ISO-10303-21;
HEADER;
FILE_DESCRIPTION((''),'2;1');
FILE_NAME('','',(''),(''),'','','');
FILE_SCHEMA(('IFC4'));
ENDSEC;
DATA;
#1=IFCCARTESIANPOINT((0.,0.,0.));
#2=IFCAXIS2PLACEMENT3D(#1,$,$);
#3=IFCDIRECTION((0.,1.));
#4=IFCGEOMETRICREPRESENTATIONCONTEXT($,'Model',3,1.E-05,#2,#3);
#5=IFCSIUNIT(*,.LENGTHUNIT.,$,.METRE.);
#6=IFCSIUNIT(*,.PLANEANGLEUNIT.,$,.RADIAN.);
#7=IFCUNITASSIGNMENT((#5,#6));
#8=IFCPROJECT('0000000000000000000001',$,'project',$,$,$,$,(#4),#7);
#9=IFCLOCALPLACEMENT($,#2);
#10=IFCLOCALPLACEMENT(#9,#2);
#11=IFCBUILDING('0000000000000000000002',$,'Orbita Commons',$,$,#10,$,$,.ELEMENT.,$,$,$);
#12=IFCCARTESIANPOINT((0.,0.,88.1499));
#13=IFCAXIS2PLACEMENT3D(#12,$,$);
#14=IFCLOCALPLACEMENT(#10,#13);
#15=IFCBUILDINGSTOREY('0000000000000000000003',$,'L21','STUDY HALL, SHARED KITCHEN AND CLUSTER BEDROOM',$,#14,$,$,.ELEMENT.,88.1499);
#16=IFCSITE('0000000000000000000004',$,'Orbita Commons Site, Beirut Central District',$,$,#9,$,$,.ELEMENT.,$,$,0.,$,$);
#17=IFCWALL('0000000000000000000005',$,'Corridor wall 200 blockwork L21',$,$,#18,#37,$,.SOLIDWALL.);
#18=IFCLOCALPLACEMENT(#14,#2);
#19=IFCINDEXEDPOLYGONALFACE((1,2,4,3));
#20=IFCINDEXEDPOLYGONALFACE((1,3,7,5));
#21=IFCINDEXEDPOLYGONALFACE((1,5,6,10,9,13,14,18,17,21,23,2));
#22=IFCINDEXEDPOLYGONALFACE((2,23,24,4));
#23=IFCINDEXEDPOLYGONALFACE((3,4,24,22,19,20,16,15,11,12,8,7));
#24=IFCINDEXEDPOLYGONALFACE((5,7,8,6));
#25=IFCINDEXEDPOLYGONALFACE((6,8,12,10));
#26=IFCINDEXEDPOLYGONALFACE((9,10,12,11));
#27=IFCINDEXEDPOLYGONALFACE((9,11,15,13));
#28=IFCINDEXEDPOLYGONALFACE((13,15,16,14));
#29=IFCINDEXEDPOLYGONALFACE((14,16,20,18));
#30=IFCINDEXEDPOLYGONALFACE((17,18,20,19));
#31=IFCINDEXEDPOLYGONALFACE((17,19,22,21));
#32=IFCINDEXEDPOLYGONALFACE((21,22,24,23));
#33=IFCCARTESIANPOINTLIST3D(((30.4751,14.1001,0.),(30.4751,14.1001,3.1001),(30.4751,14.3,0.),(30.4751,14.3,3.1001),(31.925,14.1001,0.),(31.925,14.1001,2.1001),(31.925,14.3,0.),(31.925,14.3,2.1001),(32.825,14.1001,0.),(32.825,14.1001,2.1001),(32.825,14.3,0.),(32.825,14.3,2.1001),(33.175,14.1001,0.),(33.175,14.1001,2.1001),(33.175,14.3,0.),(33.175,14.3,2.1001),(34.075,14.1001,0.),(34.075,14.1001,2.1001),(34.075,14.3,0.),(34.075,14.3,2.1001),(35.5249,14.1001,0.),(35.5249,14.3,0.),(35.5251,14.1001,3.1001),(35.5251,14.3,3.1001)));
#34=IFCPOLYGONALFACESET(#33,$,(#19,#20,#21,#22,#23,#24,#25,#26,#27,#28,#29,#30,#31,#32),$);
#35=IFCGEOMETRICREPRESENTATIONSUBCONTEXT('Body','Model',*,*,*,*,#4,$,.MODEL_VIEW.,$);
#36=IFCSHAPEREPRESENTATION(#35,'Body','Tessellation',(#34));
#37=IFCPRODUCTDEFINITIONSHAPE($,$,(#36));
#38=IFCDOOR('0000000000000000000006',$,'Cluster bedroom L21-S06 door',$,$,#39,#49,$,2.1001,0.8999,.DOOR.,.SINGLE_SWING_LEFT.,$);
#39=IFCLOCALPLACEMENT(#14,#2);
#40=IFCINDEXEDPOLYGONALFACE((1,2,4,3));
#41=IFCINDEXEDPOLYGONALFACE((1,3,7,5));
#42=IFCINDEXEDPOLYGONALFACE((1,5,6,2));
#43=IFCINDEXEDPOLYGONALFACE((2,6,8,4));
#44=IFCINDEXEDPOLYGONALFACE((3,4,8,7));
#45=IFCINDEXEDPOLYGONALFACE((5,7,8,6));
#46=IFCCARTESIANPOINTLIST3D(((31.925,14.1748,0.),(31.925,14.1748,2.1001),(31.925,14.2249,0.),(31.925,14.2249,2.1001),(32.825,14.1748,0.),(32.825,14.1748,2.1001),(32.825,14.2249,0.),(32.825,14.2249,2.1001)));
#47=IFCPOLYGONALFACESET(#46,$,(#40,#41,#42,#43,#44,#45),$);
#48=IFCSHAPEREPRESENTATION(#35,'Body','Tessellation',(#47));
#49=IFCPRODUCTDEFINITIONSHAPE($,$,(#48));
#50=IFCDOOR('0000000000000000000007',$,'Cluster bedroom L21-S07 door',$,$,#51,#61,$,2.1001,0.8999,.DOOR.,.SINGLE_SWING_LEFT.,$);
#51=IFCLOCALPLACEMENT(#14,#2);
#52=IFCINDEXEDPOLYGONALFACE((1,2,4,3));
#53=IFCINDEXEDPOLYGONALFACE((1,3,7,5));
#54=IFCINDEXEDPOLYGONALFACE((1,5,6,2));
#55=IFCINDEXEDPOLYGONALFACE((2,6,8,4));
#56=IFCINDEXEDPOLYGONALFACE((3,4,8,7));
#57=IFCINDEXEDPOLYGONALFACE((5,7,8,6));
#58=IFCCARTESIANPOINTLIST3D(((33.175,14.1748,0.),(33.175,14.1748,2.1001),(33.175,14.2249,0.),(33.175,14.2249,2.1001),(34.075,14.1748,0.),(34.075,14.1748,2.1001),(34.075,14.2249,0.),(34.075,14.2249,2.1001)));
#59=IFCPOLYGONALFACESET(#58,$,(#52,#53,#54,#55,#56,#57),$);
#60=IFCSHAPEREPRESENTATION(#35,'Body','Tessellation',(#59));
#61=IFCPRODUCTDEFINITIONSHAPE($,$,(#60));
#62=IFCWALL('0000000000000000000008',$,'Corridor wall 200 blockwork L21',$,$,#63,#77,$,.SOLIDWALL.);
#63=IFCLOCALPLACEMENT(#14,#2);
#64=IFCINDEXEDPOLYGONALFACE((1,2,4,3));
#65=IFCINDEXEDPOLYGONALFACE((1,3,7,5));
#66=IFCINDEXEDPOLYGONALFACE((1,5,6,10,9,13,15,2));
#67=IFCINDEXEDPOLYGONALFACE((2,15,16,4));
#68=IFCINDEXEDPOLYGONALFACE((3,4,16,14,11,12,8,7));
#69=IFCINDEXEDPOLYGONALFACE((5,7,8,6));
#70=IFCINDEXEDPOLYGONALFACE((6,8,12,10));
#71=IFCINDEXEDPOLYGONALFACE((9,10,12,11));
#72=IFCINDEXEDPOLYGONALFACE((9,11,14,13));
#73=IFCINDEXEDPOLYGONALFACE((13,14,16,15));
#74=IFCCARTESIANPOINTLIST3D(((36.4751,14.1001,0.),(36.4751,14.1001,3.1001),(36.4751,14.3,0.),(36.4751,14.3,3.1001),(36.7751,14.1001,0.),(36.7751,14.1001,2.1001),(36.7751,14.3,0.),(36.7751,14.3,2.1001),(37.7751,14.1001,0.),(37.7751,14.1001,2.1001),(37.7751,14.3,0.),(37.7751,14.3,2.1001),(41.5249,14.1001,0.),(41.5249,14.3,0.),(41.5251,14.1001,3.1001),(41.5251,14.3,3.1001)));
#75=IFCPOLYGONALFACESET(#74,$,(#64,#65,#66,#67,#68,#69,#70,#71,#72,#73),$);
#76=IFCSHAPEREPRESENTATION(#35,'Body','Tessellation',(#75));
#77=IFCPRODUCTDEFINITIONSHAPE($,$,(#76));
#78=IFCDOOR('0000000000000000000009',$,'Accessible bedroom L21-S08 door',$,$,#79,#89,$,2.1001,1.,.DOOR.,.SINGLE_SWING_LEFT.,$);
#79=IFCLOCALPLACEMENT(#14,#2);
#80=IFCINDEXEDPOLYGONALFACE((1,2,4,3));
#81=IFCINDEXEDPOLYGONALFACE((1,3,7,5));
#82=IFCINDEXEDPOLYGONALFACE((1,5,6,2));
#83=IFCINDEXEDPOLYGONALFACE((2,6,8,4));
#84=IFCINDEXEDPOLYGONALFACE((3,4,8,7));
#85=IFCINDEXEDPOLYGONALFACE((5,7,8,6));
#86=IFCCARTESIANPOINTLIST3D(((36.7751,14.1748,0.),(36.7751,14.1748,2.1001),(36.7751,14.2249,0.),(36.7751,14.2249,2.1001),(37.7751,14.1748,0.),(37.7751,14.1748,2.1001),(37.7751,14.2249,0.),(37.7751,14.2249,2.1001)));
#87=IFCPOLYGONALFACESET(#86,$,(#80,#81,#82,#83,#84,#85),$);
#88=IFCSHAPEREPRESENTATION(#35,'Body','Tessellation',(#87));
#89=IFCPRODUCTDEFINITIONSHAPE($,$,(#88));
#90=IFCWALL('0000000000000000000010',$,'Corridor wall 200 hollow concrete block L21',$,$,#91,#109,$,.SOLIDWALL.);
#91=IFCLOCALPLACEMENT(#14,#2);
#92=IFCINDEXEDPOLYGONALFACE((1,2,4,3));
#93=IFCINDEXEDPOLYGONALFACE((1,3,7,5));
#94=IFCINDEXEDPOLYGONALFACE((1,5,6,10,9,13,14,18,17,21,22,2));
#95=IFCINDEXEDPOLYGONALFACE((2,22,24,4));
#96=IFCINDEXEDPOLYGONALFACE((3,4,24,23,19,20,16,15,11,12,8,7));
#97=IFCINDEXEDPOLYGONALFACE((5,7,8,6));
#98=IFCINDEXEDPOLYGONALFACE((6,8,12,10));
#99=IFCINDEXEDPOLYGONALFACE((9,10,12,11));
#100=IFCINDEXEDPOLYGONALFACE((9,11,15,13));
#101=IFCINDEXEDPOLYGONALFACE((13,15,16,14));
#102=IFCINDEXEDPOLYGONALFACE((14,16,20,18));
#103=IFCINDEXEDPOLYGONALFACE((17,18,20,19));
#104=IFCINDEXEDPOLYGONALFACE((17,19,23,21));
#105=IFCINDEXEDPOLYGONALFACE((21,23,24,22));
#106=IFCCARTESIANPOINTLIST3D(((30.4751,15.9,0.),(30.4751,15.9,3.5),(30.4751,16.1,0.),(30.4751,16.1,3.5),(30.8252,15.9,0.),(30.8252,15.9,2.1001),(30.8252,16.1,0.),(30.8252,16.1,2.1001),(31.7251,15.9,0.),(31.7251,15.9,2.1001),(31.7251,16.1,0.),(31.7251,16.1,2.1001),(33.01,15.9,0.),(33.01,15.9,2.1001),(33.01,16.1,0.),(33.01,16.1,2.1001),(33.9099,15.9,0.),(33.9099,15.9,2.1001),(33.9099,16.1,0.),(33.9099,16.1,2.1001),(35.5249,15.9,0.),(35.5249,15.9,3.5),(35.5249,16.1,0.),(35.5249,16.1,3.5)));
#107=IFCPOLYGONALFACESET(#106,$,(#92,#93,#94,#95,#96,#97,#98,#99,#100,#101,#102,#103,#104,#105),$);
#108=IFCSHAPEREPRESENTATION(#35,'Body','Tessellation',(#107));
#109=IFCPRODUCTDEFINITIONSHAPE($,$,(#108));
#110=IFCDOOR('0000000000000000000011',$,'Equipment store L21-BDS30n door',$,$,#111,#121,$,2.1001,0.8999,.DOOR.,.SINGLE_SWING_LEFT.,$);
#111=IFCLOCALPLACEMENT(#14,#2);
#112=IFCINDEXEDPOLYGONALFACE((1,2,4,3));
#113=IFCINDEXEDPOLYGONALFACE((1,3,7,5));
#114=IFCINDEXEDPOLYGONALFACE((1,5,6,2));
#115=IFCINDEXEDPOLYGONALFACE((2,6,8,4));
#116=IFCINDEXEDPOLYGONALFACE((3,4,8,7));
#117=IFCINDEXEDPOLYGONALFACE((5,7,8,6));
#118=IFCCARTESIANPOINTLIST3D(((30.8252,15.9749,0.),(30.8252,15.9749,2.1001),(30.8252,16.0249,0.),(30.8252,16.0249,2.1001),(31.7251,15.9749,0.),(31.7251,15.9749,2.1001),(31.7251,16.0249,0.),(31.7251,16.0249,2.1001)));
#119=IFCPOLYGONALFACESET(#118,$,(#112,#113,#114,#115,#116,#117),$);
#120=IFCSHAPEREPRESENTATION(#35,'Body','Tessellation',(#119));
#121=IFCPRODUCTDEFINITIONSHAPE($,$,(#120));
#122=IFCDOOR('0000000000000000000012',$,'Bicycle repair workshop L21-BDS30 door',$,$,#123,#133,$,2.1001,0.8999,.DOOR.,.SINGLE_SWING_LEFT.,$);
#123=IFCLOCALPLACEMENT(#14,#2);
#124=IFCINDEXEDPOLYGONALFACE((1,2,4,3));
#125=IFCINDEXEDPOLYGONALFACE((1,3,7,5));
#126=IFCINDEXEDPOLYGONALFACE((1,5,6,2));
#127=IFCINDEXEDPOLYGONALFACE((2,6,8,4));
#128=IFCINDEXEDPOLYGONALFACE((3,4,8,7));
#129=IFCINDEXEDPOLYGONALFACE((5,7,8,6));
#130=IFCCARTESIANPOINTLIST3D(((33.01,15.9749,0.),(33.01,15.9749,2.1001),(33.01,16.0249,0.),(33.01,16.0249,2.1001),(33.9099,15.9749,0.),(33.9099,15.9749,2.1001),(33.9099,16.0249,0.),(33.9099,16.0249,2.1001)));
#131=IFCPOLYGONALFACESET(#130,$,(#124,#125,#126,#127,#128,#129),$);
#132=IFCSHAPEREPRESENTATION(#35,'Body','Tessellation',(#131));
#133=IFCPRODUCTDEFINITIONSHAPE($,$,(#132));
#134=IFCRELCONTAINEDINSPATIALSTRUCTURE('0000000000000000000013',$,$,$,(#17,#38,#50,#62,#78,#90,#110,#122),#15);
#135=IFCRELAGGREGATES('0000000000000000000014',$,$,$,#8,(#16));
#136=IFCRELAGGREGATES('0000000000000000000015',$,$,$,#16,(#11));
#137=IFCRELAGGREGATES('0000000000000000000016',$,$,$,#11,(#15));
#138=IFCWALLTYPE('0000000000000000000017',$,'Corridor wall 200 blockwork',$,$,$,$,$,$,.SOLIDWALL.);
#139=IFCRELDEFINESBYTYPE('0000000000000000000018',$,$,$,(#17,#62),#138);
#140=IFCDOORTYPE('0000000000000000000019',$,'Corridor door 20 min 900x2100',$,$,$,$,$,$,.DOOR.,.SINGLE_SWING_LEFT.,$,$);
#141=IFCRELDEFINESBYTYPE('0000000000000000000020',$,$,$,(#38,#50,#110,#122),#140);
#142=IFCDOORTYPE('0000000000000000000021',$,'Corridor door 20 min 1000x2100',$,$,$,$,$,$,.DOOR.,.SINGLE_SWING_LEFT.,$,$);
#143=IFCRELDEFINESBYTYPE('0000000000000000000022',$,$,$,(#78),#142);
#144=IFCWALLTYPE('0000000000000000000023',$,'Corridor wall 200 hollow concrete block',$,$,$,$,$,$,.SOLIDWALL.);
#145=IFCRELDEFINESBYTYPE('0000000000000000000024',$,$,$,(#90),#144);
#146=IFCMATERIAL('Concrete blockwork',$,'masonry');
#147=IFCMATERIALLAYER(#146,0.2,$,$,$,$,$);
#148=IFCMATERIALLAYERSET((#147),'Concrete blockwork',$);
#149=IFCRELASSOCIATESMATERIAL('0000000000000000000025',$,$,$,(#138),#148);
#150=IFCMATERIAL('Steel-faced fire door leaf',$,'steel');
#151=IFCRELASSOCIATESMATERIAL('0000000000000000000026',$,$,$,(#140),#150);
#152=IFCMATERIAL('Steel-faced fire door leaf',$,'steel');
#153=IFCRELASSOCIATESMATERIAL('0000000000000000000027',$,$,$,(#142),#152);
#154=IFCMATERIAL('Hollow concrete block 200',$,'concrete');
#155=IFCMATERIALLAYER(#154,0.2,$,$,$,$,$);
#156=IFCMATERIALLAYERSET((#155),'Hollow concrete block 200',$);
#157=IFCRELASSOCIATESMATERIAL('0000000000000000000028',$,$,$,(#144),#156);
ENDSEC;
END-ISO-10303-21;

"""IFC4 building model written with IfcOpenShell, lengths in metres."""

from ifc_helpers import new_model, si_unit, direction, frame, frame_2d, origin, place, context, subcontext, project, spatial, polyline, rectangle, outline, extrude, material, layer, layer_set, type_object, element, fill, save


model = new_model("IFC4")

# Units and contexts
model_context = context("Model", 3, precision=1e-05, world=origin(), true_north=direction((0.0, 1.0)))
body_context = subcontext(model_context, "Body", "Model", "MODEL_VIEW")
ifc_project = project(units=[si_unit("LENGTHUNIT", "METRE"), si_unit("PLANEANGLEUNIT", "RADIAN")], contexts=[model_context])

# Site, building, storey
site_placement = place(None, origin())
site = spatial("IfcSite", under=ifc_project, at=site_placement, Name="Orbita Commons Site, Beirut Central District", CompositionType="ELEMENT", RefElevation=0.0)
building_placement = place(site_placement, origin())
building = spatial("IfcBuilding", under=site, at=building_placement, Name="Orbita Commons", CompositionType="ELEMENT")
storey_placement = place(building_placement, frame((0.0, 0.0, 88.1499)))
storey = spatial("IfcBuildingStorey", under=building, at=storey_placement, Name="L21", Description="STUDY HALL, SHARED KITCHEN AND CLUSTER BEDROOM", CompositionType="ELEMENT", Elevation=88.1499)

# Wall, openings, doors
ifc_material_1 = material(Name="Concrete blockwork", Category="masonry")
ifc_layer_1 = layer(ifc_material_1, 0.2)
ifc_layer_set_1 = layer_set([ifc_layer_1], Name="Concrete blockwork")
wall_type_1 = type_object("IfcWallType", Name="Corridor wall 200 blockwork", PredefinedType="SOLIDWALL", material=ifc_layer_set_1)
ifc_material_2 = material(Name="Steel-faced fire door leaf", Category="steel")
door_type_1 = type_object("IfcDoorType", Name="Corridor door 20 min 900x2100", OperationType="SINGLE_SWING_LEFT", PredefinedType="DOOR", material=ifc_material_2)
wall_1_placement = place(storey_placement, frame((30.4751, 14.2, 0.0), z_axis=(0.0, 0.0, 1.0), x_axis=(1.0, 0.0, 0.0)))
wall_1 = element("IfcWall", 1, at=wall_1_placement, inside=storey, type_object=wall_type_1, Name="Corridor wall 200 blockwork L21", PredefinedType="SOLIDWALL", context=body_context, shape_type="SweptSolid", body=[
    extrude(outline(polyline([(0.0, 0.0), (5.0498, 0.0), (5.05, 3.1001), (0.0, 3.1001), (0.0, 0.0)])), frame((0.0, 0.1001, 0.0), z_axis=(0.0, -1.0, 0.0), x_axis=(1.0, 0.0, 0.0)), (0.0, 0.0, 1.0), 0.2),
])
opening_1_placement = place(wall_1_placement, frame((1.45, 0.0, 0.0)))
opening_1 = element("IfcOpeningElement", 2, at=opening_1_placement, cuts=wall_1, PredefinedType="OPENING", context=body_context, shape_type="SweptSolid", body=[
    extrude(rectangle(XDim=0.8999, YDim=2.1001, at=frame_2d((0.45, 1.05))), frame((0.0, 0.1099, 0.0), z_axis=(0.0, -1.0, 0.0), x_axis=(1.0, 0.0, 0.0)), (0.0, 0.0, 1.0), 0.22),
])
opening_2_placement = place(wall_1_placement, frame((2.7, 0.0, 0.0)))
opening_2 = element("IfcOpeningElement", 3, at=opening_2_placement, cuts=wall_1, PredefinedType="OPENING", context=body_context, shape_type="SweptSolid", body=[
    extrude(rectangle(XDim=0.8999, YDim=2.1001, at=frame_2d((0.45, 1.05))), frame((0.0, 0.1099, 0.0), z_axis=(0.0, -1.0, 0.0), x_axis=(1.0, 0.0, 0.0)), (0.0, 0.0, 1.0), 0.22),
])
door_1_placement = place(opening_1_placement, origin())
door_1 = element("IfcDoor", 4, at=door_1_placement, inside=storey, type_object=door_type_1, Name="Cluster bedroom L21-S06 door", OperationType="SINGLE_SWING_LEFT", OverallHeight=2.1001, OverallWidth=0.8999, PredefinedType="DOOR", context=body_context, shape_type="SweptSolid", body=[
    extrude(rectangle(XDim=0.8999, YDim=2.1001, at=frame_2d((0.45, 1.05))), frame((0.0, 0.0249, 0.0), z_axis=(0.0, -1.0, 0.0), x_axis=(1.0, 0.0, 0.0)), (0.0, 0.0, 1.0), 0.05),
])
fill(opening_1, door_1)
door_2_placement = place(opening_2_placement, origin())
door_2 = element("IfcDoor", 5, at=door_2_placement, inside=storey, type_object=door_type_1, Name="Cluster bedroom L21-S07 door", OperationType="SINGLE_SWING_LEFT", OverallHeight=2.1001, OverallWidth=0.8999, PredefinedType="DOOR", context=body_context, shape_type="SweptSolid", body=[
    extrude(rectangle(XDim=0.8999, YDim=2.1001, at=frame_2d((0.45, 1.05))), frame((0.0, 0.0249, 0.0), z_axis=(0.0, -1.0, 0.0), x_axis=(1.0, 0.0, 0.0)), (0.0, 0.0, 1.0), 0.05),
])
fill(opening_2, door_2)

# Wall, opening, door
wall_2_placement = place(storey_placement, frame((36.4751, 14.2, 0.0), z_axis=(0.0, 0.0, 1.0), x_axis=(1.0, 0.0, 0.0)))
wall_2 = element("IfcWall", 6, at=wall_2_placement, inside=storey, type_object=wall_type_1, Name="Corridor wall 200 blockwork L21", PredefinedType="SOLIDWALL", context=body_context, shape_type="SweptSolid", body=[
    extrude(outline(polyline([(0.0, 0.0), (5.0498, 0.0), (5.05, 3.1001), (0.0, 3.1001), (0.0, 0.0)])), frame((0.0, 0.1001, 0.0), z_axis=(0.0, -1.0, 0.0), x_axis=(1.0, 0.0, 0.0)), (0.0, 0.0, 1.0), 0.2),
])
opening_3_placement = place(wall_2_placement, frame((0.3, 0.0, 0.0)))
opening_3 = element("IfcOpeningElement", 7, at=opening_3_placement, cuts=wall_2, PredefinedType="OPENING", context=body_context, shape_type="SweptSolid", body=[
    extrude(rectangle(XDim=1.0, YDim=2.1001, at=frame_2d((0.5, 1.05))), frame((0.0, 0.1099, 0.0), z_axis=(0.0, -1.0, 0.0), x_axis=(1.0, 0.0, 0.0)), (0.0, 0.0, 1.0), 0.22),
])
ifc_material_3 = material(Name="Steel-faced fire door leaf", Category="steel")
door_type_2 = type_object("IfcDoorType", Name="Corridor door 20 min 1000x2100", OperationType="SINGLE_SWING_LEFT", PredefinedType="DOOR", material=ifc_material_3)
door_3_placement = place(opening_3_placement, origin())
door_3 = element("IfcDoor", 8, at=door_3_placement, inside=storey, type_object=door_type_2, Name="Accessible bedroom L21-S08 door", OperationType="SINGLE_SWING_LEFT", OverallHeight=2.1001, OverallWidth=1.0, PredefinedType="DOOR", context=body_context, shape_type="SweptSolid", body=[
    extrude(rectangle(XDim=1.0, YDim=2.1001, at=frame_2d((0.5, 1.05))), frame((0.0, 0.0249, 0.0), z_axis=(0.0, -1.0, 0.0), x_axis=(1.0, 0.0, 0.0)), (0.0, 0.0, 1.0), 0.05),
])
fill(opening_3, door_3)

# Wall, openings, doors
ifc_material_4 = material(Name="Hollow concrete block 200", Category="concrete")
ifc_layer_2 = layer(ifc_material_4, 0.2)
ifc_layer_set_2 = layer_set([ifc_layer_2], Name="Hollow concrete block 200")
wall_type_2 = type_object("IfcWallType", Name="Corridor wall 200 hollow concrete block", PredefinedType="SOLIDWALL", material=ifc_layer_set_2)
wall_3_placement = place(storey_placement, frame((30.4751, 16.0, 0.0), z_axis=(0.0, 0.0, 1.0), x_axis=(1.0, 0.0, 0.0)))
wall_3 = element("IfcWall", 9, at=wall_3_placement, inside=storey, type_object=wall_type_2, Name="Corridor wall 200 hollow concrete block L21", PredefinedType="SOLIDWALL", context=body_context, shape_type="SweptSolid", body=[
    extrude(rectangle(XDim=5.0498, YDim=0.2, at=frame_2d((2.5249, 0.0))), origin(), (0.0, 0.0, 1.0), 3.5),
])
opening_4_placement = place(wall_3_placement, frame((0.3501, 0.0, 0.0)))
opening_4 = element("IfcOpeningElement", 10, at=opening_4_placement, cuts=wall_3, PredefinedType="OPENING", context=body_context, shape_type="SweptSolid", body=[
    extrude(rectangle(XDim=0.8999, YDim=2.1001, at=frame_2d((0.45, 1.05))), frame((0.0, 0.1099, 0.0), z_axis=(0.0, -1.0, 0.0), x_axis=(1.0, 0.0, 0.0)), (0.0, 0.0, 1.0), 0.22),
])
opening_5_placement = place(wall_3_placement, frame((2.5349, 0.0, 0.0)))
opening_5 = element("IfcOpeningElement", 11, at=opening_5_placement, cuts=wall_3, PredefinedType="OPENING", context=body_context, shape_type="SweptSolid", body=[
    extrude(rectangle(XDim=0.8999, YDim=2.1001, at=frame_2d((0.45, 1.05))), frame((0.0, 0.1099, 0.0), z_axis=(0.0, -1.0, 0.0), x_axis=(1.0, 0.0, 0.0)), (0.0, 0.0, 1.0), 0.22),
])
door_4_placement = place(opening_4_placement, origin())
door_4 = element("IfcDoor", 12, at=door_4_placement, inside=storey, type_object=door_type_1, Name="Equipment store L21-BDS30n door", OperationType="SINGLE_SWING_LEFT", OverallHeight=2.1001, OverallWidth=0.8999, PredefinedType="DOOR", context=body_context, shape_type="SweptSolid", body=[
    extrude(rectangle(XDim=0.8999, YDim=2.1001, at=frame_2d((0.45, 1.05))), frame((0.0, 0.0249, 0.0), z_axis=(0.0, -1.0, 0.0), x_axis=(1.0, 0.0, 0.0)), (0.0, 0.0, 1.0), 0.05),
])
fill(opening_4, door_4)
door_5_placement = place(opening_5_placement, origin())
door_5 = element("IfcDoor", 13, at=door_5_placement, inside=storey, type_object=door_type_1, Name="Bicycle repair workshop L21-BDS30 door", OperationType="SINGLE_SWING_LEFT", OverallHeight=2.1001, OverallWidth=0.8999, PredefinedType="DOOR", context=body_context, shape_type="SweptSolid", body=[
    extrude(rectangle(XDim=0.8999, YDim=2.1001, at=frame_2d((0.45, 1.05))), frame((0.0, 0.0249, 0.0), z_axis=(0.0, -1.0, 0.0), x_axis=(1.0, 0.0, 0.0)), (0.0, 0.0, 1.0), 0.05),
])
fill(opening_5, door_5)

save(model, "model.ifc")
